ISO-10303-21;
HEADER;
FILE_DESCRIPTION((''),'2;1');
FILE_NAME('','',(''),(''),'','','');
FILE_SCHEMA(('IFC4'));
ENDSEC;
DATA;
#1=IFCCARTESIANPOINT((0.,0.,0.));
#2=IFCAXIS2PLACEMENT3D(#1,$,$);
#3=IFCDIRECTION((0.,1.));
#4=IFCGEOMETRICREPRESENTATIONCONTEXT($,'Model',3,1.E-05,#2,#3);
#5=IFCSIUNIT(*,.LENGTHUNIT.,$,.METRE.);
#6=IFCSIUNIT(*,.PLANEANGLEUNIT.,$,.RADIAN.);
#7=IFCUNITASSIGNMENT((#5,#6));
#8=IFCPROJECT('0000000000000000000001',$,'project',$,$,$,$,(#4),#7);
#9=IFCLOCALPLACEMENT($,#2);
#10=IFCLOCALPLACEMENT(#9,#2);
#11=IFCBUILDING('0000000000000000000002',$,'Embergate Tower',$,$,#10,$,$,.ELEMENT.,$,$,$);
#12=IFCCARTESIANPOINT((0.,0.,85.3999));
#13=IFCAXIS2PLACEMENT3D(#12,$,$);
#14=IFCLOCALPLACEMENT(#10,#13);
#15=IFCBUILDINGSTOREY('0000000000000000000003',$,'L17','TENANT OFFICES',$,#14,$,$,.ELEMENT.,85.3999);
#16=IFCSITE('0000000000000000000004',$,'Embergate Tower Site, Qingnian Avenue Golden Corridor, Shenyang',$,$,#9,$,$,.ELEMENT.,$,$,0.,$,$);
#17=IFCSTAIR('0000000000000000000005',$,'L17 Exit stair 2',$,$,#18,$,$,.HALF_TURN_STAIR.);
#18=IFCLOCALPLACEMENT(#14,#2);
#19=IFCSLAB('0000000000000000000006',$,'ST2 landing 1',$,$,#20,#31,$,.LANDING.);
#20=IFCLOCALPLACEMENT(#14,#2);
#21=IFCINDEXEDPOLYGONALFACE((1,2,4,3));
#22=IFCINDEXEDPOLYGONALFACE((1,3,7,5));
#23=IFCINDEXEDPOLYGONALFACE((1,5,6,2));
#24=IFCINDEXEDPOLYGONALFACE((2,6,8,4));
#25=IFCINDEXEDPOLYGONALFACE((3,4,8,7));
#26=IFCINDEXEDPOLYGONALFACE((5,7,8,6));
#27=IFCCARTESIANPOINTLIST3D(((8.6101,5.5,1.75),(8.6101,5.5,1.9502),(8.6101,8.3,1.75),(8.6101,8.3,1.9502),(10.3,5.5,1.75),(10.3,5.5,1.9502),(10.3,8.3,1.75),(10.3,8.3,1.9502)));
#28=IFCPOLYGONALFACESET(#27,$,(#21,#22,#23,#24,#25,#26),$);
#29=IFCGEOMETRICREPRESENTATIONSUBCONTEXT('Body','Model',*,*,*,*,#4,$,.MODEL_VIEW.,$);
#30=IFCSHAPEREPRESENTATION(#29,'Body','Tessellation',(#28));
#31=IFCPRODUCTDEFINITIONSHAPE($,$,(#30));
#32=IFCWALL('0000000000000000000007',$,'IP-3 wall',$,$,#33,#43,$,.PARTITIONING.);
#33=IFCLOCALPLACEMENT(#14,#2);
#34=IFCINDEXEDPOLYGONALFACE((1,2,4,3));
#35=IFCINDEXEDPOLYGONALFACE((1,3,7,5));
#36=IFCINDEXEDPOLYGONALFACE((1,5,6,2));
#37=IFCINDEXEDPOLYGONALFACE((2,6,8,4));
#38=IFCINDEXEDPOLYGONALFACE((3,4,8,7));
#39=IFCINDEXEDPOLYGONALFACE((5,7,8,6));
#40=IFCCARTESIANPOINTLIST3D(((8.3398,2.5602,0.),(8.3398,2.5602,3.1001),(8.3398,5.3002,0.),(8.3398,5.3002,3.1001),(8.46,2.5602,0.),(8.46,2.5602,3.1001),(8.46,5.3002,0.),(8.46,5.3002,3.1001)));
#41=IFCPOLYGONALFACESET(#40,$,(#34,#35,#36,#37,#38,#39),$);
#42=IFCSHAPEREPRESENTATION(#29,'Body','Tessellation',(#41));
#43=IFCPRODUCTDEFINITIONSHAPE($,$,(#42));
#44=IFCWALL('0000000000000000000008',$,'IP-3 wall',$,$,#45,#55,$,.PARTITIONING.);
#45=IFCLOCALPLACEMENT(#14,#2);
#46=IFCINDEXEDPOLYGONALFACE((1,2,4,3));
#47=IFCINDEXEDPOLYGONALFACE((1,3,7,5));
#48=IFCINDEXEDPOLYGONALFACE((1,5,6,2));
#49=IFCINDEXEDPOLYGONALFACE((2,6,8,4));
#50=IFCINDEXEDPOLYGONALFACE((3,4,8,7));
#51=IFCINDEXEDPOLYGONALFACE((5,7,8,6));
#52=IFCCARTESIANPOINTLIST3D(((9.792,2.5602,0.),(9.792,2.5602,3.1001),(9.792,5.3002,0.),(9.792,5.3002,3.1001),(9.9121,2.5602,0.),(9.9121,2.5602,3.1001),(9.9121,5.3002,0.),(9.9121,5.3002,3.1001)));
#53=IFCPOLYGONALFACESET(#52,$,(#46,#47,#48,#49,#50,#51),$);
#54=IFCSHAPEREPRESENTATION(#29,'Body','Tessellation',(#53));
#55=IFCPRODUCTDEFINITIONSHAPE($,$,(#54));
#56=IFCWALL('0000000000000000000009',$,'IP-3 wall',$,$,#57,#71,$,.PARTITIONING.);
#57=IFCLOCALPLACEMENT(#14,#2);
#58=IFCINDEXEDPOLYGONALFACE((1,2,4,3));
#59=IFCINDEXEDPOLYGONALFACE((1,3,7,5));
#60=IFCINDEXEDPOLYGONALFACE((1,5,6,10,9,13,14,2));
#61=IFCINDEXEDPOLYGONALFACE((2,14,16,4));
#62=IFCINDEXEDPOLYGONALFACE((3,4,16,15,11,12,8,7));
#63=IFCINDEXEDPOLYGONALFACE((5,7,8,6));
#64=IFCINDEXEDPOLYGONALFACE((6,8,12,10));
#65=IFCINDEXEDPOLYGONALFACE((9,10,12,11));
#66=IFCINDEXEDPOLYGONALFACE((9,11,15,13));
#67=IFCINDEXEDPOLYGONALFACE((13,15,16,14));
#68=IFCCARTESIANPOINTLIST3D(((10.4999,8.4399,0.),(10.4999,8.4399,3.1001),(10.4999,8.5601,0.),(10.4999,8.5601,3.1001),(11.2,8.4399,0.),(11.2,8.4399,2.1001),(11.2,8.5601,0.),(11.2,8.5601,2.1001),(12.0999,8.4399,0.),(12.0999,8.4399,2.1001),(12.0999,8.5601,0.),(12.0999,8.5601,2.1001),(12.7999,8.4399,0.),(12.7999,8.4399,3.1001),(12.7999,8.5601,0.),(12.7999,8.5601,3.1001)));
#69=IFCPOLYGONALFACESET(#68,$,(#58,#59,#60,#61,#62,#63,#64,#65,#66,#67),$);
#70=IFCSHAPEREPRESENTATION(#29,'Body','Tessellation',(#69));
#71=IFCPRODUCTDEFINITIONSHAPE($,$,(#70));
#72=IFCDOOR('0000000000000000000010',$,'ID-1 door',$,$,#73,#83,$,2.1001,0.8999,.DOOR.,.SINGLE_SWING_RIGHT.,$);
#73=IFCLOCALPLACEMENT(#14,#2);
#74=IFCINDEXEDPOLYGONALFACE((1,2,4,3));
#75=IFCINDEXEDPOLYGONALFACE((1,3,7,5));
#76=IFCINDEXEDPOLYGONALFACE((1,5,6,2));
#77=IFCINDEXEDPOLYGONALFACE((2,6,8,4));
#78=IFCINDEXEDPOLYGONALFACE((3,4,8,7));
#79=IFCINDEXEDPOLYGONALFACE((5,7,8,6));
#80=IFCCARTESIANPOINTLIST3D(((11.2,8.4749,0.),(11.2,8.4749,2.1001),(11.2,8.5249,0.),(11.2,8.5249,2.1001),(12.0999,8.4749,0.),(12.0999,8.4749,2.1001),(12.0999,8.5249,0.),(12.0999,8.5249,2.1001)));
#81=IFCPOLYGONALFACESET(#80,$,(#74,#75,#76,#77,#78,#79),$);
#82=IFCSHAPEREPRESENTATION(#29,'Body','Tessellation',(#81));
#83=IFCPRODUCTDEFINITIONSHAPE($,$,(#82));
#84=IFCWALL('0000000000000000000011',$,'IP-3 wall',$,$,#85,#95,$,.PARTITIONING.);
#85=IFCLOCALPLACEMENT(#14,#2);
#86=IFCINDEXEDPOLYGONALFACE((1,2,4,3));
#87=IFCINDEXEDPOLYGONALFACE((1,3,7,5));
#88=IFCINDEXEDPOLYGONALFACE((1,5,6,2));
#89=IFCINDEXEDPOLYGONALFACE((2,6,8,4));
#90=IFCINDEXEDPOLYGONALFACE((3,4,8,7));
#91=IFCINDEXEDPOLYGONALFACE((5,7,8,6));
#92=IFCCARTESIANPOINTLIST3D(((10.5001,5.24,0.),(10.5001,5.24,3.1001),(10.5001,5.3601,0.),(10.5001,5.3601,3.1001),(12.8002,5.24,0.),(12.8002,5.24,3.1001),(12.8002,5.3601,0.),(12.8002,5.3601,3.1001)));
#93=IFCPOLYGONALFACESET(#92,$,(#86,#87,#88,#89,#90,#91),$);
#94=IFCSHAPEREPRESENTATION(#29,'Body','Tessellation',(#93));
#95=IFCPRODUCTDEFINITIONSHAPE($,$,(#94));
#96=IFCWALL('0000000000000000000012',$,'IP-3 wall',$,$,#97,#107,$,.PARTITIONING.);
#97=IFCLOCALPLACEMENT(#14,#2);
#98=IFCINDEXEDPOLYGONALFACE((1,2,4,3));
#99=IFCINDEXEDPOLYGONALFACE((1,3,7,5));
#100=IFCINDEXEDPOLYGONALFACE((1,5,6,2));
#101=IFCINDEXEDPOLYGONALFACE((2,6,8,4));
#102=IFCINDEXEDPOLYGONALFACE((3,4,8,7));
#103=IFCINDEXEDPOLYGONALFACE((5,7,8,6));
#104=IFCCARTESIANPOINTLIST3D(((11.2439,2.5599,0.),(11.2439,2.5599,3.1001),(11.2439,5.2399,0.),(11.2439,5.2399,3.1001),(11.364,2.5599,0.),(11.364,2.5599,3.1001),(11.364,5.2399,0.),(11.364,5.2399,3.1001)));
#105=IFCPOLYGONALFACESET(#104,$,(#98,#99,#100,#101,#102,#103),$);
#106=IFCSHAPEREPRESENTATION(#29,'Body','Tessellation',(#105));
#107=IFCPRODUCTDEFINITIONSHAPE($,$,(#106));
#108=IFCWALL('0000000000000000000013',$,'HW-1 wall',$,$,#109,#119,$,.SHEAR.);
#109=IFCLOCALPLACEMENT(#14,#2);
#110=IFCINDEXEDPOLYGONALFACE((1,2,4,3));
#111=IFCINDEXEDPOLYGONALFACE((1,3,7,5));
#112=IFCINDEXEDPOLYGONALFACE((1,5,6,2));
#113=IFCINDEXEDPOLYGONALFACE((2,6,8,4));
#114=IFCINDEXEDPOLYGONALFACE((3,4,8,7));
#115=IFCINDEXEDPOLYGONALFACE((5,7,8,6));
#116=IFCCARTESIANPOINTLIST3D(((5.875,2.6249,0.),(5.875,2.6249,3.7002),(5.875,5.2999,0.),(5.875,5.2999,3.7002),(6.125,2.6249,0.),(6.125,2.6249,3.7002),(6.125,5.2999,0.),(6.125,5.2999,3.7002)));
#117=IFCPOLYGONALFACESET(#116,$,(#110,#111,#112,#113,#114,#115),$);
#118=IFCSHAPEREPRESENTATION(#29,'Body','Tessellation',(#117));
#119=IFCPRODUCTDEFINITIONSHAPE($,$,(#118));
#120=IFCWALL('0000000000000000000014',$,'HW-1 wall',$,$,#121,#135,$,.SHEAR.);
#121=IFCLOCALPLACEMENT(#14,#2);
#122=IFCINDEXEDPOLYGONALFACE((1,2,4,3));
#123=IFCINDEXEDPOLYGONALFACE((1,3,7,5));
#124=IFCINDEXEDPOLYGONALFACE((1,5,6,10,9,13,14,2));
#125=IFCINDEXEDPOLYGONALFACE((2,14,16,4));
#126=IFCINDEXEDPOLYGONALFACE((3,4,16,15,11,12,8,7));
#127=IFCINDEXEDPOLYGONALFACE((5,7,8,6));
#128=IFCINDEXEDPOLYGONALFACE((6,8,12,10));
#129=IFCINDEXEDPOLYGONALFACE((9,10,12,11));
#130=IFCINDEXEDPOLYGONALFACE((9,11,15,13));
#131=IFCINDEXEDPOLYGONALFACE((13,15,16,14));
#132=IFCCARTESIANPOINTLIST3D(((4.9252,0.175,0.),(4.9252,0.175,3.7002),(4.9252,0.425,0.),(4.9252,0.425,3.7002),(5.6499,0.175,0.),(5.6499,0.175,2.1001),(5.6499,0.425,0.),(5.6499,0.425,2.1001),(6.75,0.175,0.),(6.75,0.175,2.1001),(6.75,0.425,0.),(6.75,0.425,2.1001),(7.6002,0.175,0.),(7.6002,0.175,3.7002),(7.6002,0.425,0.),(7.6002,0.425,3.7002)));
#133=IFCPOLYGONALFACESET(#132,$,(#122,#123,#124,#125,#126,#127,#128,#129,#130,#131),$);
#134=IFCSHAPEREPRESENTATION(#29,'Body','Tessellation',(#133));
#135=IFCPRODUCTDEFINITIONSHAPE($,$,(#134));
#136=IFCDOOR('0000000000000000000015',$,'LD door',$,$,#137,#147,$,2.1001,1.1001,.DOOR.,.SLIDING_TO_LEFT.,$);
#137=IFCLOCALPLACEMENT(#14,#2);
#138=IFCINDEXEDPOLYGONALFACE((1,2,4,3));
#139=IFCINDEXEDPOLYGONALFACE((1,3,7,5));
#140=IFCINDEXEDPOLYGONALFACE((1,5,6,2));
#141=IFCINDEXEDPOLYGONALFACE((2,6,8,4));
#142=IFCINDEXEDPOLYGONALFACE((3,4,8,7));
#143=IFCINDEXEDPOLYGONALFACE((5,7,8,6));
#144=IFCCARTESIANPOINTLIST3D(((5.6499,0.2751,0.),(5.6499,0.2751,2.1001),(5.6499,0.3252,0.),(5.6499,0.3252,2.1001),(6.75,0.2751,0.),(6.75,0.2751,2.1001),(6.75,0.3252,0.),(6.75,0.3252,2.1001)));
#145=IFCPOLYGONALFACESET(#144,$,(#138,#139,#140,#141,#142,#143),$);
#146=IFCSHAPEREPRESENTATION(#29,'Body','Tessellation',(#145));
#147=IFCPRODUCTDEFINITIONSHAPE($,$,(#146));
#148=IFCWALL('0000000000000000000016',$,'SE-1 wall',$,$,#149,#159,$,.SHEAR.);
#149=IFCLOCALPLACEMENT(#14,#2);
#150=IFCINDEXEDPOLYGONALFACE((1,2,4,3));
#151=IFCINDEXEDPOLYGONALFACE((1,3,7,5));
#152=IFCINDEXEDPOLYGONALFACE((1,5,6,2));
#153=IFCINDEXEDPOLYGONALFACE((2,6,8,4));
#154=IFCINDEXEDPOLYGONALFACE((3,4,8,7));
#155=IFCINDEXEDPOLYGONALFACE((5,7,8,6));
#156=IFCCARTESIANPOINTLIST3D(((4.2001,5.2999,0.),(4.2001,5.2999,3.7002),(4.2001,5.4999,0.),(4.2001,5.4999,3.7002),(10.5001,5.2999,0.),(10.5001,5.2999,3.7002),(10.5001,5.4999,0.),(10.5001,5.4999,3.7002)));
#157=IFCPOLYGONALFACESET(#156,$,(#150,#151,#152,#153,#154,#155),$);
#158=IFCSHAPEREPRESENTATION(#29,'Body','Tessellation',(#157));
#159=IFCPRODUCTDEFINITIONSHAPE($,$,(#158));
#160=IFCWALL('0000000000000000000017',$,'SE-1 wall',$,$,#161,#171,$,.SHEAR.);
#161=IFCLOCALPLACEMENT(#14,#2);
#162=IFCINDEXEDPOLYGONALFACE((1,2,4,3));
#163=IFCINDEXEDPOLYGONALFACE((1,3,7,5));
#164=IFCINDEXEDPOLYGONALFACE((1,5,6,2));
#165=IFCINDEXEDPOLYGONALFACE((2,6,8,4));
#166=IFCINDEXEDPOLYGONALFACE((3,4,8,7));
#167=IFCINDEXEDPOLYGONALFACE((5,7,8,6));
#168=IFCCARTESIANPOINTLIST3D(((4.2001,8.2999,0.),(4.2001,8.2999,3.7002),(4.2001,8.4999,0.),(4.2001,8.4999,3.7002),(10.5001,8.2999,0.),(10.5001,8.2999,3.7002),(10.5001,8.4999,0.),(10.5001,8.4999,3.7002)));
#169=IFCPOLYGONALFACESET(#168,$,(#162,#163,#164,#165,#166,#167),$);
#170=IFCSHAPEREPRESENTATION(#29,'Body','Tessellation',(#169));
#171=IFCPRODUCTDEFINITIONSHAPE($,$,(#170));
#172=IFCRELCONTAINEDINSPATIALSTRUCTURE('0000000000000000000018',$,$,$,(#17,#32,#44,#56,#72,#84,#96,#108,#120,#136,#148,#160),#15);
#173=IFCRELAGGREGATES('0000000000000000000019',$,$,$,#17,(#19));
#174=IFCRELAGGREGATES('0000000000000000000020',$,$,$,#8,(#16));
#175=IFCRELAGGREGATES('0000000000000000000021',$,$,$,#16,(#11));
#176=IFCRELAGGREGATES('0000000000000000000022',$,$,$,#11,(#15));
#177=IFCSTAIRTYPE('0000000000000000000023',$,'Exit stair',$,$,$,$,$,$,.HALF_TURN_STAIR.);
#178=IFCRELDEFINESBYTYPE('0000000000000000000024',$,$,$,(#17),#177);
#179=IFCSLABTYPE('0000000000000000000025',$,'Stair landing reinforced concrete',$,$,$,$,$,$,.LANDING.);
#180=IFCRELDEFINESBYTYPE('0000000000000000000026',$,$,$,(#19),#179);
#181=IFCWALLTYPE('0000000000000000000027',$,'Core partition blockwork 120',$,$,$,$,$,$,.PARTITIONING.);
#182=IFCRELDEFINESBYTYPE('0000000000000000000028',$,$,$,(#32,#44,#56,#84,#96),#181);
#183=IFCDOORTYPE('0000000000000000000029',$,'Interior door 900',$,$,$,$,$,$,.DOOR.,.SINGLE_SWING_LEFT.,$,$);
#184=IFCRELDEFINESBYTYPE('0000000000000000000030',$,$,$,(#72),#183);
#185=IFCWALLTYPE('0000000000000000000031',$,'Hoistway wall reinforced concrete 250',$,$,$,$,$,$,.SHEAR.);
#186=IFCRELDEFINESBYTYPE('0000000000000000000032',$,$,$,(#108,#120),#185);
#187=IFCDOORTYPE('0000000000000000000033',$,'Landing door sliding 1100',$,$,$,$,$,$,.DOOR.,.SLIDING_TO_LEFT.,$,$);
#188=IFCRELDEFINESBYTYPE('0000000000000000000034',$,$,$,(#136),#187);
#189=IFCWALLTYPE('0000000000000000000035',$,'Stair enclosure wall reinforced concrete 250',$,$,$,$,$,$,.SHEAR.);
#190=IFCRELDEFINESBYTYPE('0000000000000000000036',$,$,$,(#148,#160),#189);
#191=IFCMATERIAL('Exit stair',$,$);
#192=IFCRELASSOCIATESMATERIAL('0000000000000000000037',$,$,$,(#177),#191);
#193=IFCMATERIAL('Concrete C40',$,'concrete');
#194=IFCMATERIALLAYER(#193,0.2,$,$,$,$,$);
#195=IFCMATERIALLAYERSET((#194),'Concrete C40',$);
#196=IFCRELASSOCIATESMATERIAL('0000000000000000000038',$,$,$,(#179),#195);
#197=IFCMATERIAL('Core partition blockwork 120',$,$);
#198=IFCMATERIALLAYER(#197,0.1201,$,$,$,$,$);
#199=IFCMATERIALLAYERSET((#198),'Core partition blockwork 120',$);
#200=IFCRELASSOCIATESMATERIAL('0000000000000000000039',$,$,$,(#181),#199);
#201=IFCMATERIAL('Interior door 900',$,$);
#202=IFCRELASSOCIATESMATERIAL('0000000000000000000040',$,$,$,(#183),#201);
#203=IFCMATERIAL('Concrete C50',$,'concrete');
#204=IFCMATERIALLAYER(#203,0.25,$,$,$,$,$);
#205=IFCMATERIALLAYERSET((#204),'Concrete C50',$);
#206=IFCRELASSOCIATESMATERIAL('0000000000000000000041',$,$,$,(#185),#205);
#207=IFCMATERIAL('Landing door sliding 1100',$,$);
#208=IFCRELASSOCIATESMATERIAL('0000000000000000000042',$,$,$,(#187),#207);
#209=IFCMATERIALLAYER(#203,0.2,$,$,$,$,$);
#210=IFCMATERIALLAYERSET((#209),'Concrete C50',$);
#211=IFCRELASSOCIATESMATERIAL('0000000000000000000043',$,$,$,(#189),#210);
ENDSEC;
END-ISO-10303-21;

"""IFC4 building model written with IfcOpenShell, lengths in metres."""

from ifc_helpers import new_model, si_unit, direction, frame, frame_2d, origin, place, context, subcontext, project, spatial, polyline, rectangle, outline, extrude, source, transform, mapped, material, layer, layer_set, type_object, element, fill, aggregate, save


model = new_model("IFC4")

# Units and contexts
model_context = context("Model", 3, precision=1e-05, world=origin(), true_north=direction((0.0, 1.0)))
body_context = subcontext(model_context, "Body", "Model", "MODEL_VIEW")
ifc_project = project(units=[si_unit("LENGTHUNIT", "METRE"), si_unit("PLANEANGLEUNIT", "RADIAN")], contexts=[model_context])

# Site, building, storey
site_placement = place(None, origin())
site = spatial("IfcSite", under=ifc_project, at=site_placement, Name="Embergate Tower Site, Qingnian Avenue Golden Corridor, Shenyang", CompositionType="ELEMENT", RefElevation=0.0)
building_placement = place(site_placement, origin())
building = spatial("IfcBuilding", under=site, at=building_placement, Name="Embergate Tower", CompositionType="ELEMENT")
storey_placement = place(building_placement, frame((0.0, 0.0, 85.3999)))
storey = spatial("IfcBuildingStorey", under=building, at=storey_placement, Name="L17", Description="TENANT OFFICES", CompositionType="ELEMENT", Elevation=85.3999)

# Stair, slab
ifc_material_1 = material(Name="Exit stair")
stair_type = type_object("IfcStairType", Name="Exit stair", PredefinedType="HALF_TURN_STAIR", material=ifc_material_1)
stair_placement = place(storey_placement, origin())
stair = element("IfcStair", 1, at=stair_placement, inside=storey, type_object=stair_type, Name="L17 Exit stair 2", PredefinedType="HALF_TURN_STAIR")
ifc_material_2 = material(Name="Concrete C40", Category="concrete")
ifc_layer_1 = layer(ifc_material_2, 0.2)
ifc_layer_set_1 = layer_set([ifc_layer_1], Name="Concrete C40")
slab_type = type_object("IfcSlabType", Name="Stair landing reinforced concrete", PredefinedType="LANDING", material=ifc_layer_set_1)
shared_shape_1 = source(origin(), body_context, "Body", "SweptSolid", [
    extrude(outline(polyline([(0.0, 0.0), (1.6899, 0.0), (1.6899, 2.8), (0.0, 2.8), (0.0, 0.0)])), origin(), (0.0, 0.0, 1.0), 0.2002),
])
slab_placement = place(storey_placement, frame((8.6101, 5.5, 1.75)))
slab = element("IfcSlab", 2, at=slab_placement, type_object=slab_type, Name="ST2 landing 1", PredefinedType="LANDING", context=body_context, shape_type="MappedRepresentation", body=[
    mapped(shared_shape_1, transform((0.0, 0.0, 0.0))),
])

# Walls
ifc_material_3 = material(Name="Core partition blockwork 120")
ifc_layer_2 = layer(ifc_material_3, 0.1201)
ifc_layer_set_2 = layer_set([ifc_layer_2], Name="Core partition blockwork 120")
wall_type_1 = type_object("IfcWallType", Name="Core partition blockwork 120", PredefinedType="PARTITIONING", material=ifc_layer_set_2)
shared_shape_2 = source(origin(), body_context, "Body", "SweptSolid", [
    extrude(rectangle(XDim=2.74, YDim=0.1201, at=frame_2d((1.3701, 0.0))), origin(), (0.0, 0.0, 1.0), 3.1001),
])
for number, where, z_axis, x_axis, name in (
    (3, (8.3999, 2.5601, 0.0), (0.0, 0.0, 1.0), (0.0, 1.0, 0.0), "IP-3 wall"),
    (4, (9.8521, 2.5601, 0.0), (0.0, 0.0, 1.0), (0.0, 1.0, 0.0), "IP-3 wall"),
):
    element("IfcWall", number, at=place(storey_placement, frame(where, z_axis=z_axis, x_axis=x_axis)), inside=storey, type_object=wall_type_1, Name=name, PredefinedType="PARTITIONING", context=body_context, shape_type="MappedRepresentation", body=[
        mapped(shared_shape_2, transform((0.0, 0.0, 0.0))),
    ])

# Wall, opening, door
shared_shape_3 = source(origin(), body_context, "Body", "SweptSolid", [
    extrude(rectangle(XDim=2.3, YDim=0.1201, at=frame_2d((1.1499, 0.0))), origin(), (0.0, 0.0, 1.0), 3.1001),
])
wall_1_placement = place(storey_placement, frame((10.5, 8.5, 0.0), z_axis=(0.0, 0.0, 1.0), x_axis=(1.0, 0.0, 0.0)))
wall_1 = element("IfcWall", 5, at=wall_1_placement, inside=storey, type_object=wall_type_1, Name="IP-3 wall", PredefinedType="PARTITIONING", context=body_context, shape_type="MappedRepresentation", body=[
    mapped(shared_shape_3, transform((0.0, 0.0, 0.0))),
])
shared_shape_4 = source(origin(), body_context, "Body", "SweptSolid", [
    extrude(rectangle(XDim=0.8999, YDim=2.1001, at=frame_2d((0.45, 1.05))), frame((0.0, 0.0701, 0.0), z_axis=(0.0, -1.0, 0.0), x_axis=(1.0, 0.0, 0.0)), (0.0, 0.0, 1.0), 0.1401),
])
opening_1_placement = place(wall_1_placement, frame((0.7, 0.0, 0.0)))
opening_1 = element("IfcOpeningElement", 6, at=opening_1_placement, cuts=wall_1, PredefinedType="OPENING", context=body_context, shape_type="MappedRepresentation", body=[
    mapped(shared_shape_4, transform((0.0, 0.0, 0.0))),
])
ifc_material_4 = material(Name="Interior door 900")
door_type_1 = type_object("IfcDoorType", Name="Interior door 900", OperationType="SINGLE_SWING_LEFT", PredefinedType="DOOR", material=ifc_material_4)
shared_shape_5 = source(origin(), body_context, "Body", "SweptSolid", [
    extrude(rectangle(XDim=0.8999, YDim=2.1001, at=frame_2d((0.45, 1.05))), frame((0.0, 0.0249, 0.0), z_axis=(0.0, -1.0, 0.0), x_axis=(1.0, 0.0, 0.0)), (0.0, 0.0, 1.0), 0.05),
])
door_1_placement = place(opening_1_placement, origin())
door_1 = element("IfcDoor", 7, at=door_1_placement, inside=storey, type_object=door_type_1, Name="ID-1 door", OperationType="SINGLE_SWING_RIGHT", OverallHeight=2.1001, OverallWidth=0.8999, PredefinedType="DOOR", context=body_context, shape_type="MappedRepresentation", body=[
    mapped(shared_shape_5, transform((0.0, 0.0, 0.0))),
])
fill(opening_1, door_1)

# Walls
wall_2_placement = place(storey_placement, frame((12.8, 5.3, 0.0), z_axis=(0.0, 0.0, 1.0), x_axis=(-1.0, 0.0, 0.0)))
element("IfcWall", 8, at=wall_2_placement, inside=storey, type_object=wall_type_1, Name="IP-3 wall", PredefinedType="PARTITIONING", context=body_context, shape_type="MappedRepresentation", body=[
    mapped(shared_shape_3, transform((0.0, 0.0, 0.0))),
])
shared_shape_6 = source(origin(), body_context, "Body", "SweptSolid", [
    extrude(rectangle(XDim=2.6799, YDim=0.1201, at=frame_2d((1.3398, 0.0))), origin(), (0.0, 0.0, 1.0), 3.1001),
])
wall_3_placement = place(storey_placement, frame((11.304, 2.5601, 0.0), z_axis=(0.0, 0.0, 1.0), x_axis=(0.0, 1.0, 0.0)))
element("IfcWall", 9, at=wall_3_placement, inside=storey, type_object=wall_type_1, Name="IP-3 wall", PredefinedType="PARTITIONING", context=body_context, shape_type="MappedRepresentation", body=[
    mapped(shared_shape_6, transform((0.0, 0.0, 0.0))),
])
ifc_material_5 = material(Name="Concrete C50", Category="concrete")
ifc_layer_3 = layer(ifc_material_5, 0.25)
ifc_layer_set_3 = layer_set([ifc_layer_3], Name="Concrete C50")
wall_type_2 = type_object("IfcWallType", Name="Hoistway wall reinforced concrete 250", PredefinedType="SHEAR", material=ifc_layer_set_3)
shared_shape_7 = source(origin(), body_context, "Body", "SweptSolid", [
    extrude(rectangle(XDim=2.675, YDim=0.25, at=frame_2d((1.3374, 0.0))), origin(), (0.0, 0.0, 1.0), 3.7002),
])
wall_4_placement = place(storey_placement, frame((6.0, 2.625, 0.0), z_axis=(0.0, 0.0, 1.0), x_axis=(0.0, 1.0, 0.0)))
element("IfcWall", 10, at=wall_4_placement, inside=storey, type_object=wall_type_2, Name="HW-1 wall", PredefinedType="SHEAR", context=body_context, shape_type="MappedRepresentation", body=[
    mapped(shared_shape_7, transform((0.0, 0.0, 0.0))),
])

# Wall, opening, door
wall_5_placement = place(storey_placement, frame((7.6001, 0.3, 0.0), z_axis=(0.0, 0.0, 1.0), x_axis=(-1.0, 0.0, 0.0)))
wall_5 = element("IfcWall", 11, at=wall_5_placement, inside=storey, type_object=wall_type_2, Name="HW-1 wall", PredefinedType="SHEAR", context=body_context, shape_type="MappedRepresentation", body=[
    mapped(shared_shape_7, transform((0.0, 0.0, 0.0))),
])
shared_shape_8 = source(origin(), body_context, "Body", "SweptSolid", [
    extrude(rectangle(XDim=1.1001, YDim=2.1001, at=frame_2d((0.55, 1.05))), frame((0.0, 0.135, 0.0), z_axis=(0.0, -1.0, 0.0), x_axis=(1.0, 0.0, 0.0)), (0.0, 0.0, 1.0), 0.27),
])
opening_2_placement = place(wall_5_placement, frame((0.8501, 0.0, 0.0)))
opening_2 = element("IfcOpeningElement", 12, at=opening_2_placement, cuts=wall_5, PredefinedType="OPENING", context=body_context, shape_type="MappedRepresentation", body=[
    mapped(shared_shape_8, transform((0.0, 0.0, 0.0))),
])
ifc_material_6 = material(Name="Landing door sliding 1100")
door_type_2 = type_object("IfcDoorType", Name="Landing door sliding 1100", OperationType="SLIDING_TO_LEFT", PredefinedType="DOOR", material=ifc_material_6)
shared_shape_9 = source(origin(), body_context, "Body", "SweptSolid", [
    extrude(rectangle(XDim=1.1001, YDim=2.1001, at=frame_2d((0.55, 1.05))), frame((0.0, 0.0249, 0.0), z_axis=(0.0, -1.0, 0.0), x_axis=(1.0, 0.0, 0.0)), (0.0, 0.0, 1.0), 0.05),
])
door_2_placement = place(opening_2_placement, origin())
door_2 = element("IfcDoor", 13, at=door_2_placement, inside=storey, type_object=door_type_2, Name="LD door", OperationType="SLIDING_TO_LEFT", OverallHeight=2.1001, OverallWidth=1.1001, PredefinedType="DOOR", context=body_context, shape_type="MappedRepresentation", body=[
    mapped(shared_shape_9, transform((0.0, 0.0, 0.0))),
])
fill(opening_2, door_2)

# Walls
ifc_layer_4 = layer(ifc_material_5, 0.2)
ifc_layer_set_4 = layer_set([ifc_layer_4], Name="Concrete C50")
wall_type_3 = type_object("IfcWallType", Name="Stair enclosure wall reinforced concrete 250", PredefinedType="SHEAR", material=ifc_layer_set_4)
shared_shape_10 = source(origin(), body_context, "Body", "SweptSolid", [
    extrude(rectangle(XDim=6.3, YDim=0.2, at=frame_2d((3.1499, 0.0))), origin(), (0.0, 0.0, 1.0), 3.7002),
])
for number, where, z_axis, x_axis, name in (
    (14, (10.5, 5.3999, 0.0), (0.0, 0.0, 1.0), (-1.0, 0.0, 0.0), "SE-1 wall"),
    (15, (10.5, 8.3999, 0.0), (0.0, 0.0, 1.0), (-1.0, 0.0, 0.0), "SE-1 wall"),
):
    element("IfcWall", number, at=place(storey_placement, frame(where, z_axis=z_axis, x_axis=x_axis)), inside=storey, type_object=wall_type_3, Name=name, PredefinedType="SHEAR", context=body_context, shape_type="MappedRepresentation", body=[
        mapped(shared_shape_10, transform((0.0, 0.0, 0.0))),
    ])

aggregate(stair, [slab])

save(model, "model.ifc")
